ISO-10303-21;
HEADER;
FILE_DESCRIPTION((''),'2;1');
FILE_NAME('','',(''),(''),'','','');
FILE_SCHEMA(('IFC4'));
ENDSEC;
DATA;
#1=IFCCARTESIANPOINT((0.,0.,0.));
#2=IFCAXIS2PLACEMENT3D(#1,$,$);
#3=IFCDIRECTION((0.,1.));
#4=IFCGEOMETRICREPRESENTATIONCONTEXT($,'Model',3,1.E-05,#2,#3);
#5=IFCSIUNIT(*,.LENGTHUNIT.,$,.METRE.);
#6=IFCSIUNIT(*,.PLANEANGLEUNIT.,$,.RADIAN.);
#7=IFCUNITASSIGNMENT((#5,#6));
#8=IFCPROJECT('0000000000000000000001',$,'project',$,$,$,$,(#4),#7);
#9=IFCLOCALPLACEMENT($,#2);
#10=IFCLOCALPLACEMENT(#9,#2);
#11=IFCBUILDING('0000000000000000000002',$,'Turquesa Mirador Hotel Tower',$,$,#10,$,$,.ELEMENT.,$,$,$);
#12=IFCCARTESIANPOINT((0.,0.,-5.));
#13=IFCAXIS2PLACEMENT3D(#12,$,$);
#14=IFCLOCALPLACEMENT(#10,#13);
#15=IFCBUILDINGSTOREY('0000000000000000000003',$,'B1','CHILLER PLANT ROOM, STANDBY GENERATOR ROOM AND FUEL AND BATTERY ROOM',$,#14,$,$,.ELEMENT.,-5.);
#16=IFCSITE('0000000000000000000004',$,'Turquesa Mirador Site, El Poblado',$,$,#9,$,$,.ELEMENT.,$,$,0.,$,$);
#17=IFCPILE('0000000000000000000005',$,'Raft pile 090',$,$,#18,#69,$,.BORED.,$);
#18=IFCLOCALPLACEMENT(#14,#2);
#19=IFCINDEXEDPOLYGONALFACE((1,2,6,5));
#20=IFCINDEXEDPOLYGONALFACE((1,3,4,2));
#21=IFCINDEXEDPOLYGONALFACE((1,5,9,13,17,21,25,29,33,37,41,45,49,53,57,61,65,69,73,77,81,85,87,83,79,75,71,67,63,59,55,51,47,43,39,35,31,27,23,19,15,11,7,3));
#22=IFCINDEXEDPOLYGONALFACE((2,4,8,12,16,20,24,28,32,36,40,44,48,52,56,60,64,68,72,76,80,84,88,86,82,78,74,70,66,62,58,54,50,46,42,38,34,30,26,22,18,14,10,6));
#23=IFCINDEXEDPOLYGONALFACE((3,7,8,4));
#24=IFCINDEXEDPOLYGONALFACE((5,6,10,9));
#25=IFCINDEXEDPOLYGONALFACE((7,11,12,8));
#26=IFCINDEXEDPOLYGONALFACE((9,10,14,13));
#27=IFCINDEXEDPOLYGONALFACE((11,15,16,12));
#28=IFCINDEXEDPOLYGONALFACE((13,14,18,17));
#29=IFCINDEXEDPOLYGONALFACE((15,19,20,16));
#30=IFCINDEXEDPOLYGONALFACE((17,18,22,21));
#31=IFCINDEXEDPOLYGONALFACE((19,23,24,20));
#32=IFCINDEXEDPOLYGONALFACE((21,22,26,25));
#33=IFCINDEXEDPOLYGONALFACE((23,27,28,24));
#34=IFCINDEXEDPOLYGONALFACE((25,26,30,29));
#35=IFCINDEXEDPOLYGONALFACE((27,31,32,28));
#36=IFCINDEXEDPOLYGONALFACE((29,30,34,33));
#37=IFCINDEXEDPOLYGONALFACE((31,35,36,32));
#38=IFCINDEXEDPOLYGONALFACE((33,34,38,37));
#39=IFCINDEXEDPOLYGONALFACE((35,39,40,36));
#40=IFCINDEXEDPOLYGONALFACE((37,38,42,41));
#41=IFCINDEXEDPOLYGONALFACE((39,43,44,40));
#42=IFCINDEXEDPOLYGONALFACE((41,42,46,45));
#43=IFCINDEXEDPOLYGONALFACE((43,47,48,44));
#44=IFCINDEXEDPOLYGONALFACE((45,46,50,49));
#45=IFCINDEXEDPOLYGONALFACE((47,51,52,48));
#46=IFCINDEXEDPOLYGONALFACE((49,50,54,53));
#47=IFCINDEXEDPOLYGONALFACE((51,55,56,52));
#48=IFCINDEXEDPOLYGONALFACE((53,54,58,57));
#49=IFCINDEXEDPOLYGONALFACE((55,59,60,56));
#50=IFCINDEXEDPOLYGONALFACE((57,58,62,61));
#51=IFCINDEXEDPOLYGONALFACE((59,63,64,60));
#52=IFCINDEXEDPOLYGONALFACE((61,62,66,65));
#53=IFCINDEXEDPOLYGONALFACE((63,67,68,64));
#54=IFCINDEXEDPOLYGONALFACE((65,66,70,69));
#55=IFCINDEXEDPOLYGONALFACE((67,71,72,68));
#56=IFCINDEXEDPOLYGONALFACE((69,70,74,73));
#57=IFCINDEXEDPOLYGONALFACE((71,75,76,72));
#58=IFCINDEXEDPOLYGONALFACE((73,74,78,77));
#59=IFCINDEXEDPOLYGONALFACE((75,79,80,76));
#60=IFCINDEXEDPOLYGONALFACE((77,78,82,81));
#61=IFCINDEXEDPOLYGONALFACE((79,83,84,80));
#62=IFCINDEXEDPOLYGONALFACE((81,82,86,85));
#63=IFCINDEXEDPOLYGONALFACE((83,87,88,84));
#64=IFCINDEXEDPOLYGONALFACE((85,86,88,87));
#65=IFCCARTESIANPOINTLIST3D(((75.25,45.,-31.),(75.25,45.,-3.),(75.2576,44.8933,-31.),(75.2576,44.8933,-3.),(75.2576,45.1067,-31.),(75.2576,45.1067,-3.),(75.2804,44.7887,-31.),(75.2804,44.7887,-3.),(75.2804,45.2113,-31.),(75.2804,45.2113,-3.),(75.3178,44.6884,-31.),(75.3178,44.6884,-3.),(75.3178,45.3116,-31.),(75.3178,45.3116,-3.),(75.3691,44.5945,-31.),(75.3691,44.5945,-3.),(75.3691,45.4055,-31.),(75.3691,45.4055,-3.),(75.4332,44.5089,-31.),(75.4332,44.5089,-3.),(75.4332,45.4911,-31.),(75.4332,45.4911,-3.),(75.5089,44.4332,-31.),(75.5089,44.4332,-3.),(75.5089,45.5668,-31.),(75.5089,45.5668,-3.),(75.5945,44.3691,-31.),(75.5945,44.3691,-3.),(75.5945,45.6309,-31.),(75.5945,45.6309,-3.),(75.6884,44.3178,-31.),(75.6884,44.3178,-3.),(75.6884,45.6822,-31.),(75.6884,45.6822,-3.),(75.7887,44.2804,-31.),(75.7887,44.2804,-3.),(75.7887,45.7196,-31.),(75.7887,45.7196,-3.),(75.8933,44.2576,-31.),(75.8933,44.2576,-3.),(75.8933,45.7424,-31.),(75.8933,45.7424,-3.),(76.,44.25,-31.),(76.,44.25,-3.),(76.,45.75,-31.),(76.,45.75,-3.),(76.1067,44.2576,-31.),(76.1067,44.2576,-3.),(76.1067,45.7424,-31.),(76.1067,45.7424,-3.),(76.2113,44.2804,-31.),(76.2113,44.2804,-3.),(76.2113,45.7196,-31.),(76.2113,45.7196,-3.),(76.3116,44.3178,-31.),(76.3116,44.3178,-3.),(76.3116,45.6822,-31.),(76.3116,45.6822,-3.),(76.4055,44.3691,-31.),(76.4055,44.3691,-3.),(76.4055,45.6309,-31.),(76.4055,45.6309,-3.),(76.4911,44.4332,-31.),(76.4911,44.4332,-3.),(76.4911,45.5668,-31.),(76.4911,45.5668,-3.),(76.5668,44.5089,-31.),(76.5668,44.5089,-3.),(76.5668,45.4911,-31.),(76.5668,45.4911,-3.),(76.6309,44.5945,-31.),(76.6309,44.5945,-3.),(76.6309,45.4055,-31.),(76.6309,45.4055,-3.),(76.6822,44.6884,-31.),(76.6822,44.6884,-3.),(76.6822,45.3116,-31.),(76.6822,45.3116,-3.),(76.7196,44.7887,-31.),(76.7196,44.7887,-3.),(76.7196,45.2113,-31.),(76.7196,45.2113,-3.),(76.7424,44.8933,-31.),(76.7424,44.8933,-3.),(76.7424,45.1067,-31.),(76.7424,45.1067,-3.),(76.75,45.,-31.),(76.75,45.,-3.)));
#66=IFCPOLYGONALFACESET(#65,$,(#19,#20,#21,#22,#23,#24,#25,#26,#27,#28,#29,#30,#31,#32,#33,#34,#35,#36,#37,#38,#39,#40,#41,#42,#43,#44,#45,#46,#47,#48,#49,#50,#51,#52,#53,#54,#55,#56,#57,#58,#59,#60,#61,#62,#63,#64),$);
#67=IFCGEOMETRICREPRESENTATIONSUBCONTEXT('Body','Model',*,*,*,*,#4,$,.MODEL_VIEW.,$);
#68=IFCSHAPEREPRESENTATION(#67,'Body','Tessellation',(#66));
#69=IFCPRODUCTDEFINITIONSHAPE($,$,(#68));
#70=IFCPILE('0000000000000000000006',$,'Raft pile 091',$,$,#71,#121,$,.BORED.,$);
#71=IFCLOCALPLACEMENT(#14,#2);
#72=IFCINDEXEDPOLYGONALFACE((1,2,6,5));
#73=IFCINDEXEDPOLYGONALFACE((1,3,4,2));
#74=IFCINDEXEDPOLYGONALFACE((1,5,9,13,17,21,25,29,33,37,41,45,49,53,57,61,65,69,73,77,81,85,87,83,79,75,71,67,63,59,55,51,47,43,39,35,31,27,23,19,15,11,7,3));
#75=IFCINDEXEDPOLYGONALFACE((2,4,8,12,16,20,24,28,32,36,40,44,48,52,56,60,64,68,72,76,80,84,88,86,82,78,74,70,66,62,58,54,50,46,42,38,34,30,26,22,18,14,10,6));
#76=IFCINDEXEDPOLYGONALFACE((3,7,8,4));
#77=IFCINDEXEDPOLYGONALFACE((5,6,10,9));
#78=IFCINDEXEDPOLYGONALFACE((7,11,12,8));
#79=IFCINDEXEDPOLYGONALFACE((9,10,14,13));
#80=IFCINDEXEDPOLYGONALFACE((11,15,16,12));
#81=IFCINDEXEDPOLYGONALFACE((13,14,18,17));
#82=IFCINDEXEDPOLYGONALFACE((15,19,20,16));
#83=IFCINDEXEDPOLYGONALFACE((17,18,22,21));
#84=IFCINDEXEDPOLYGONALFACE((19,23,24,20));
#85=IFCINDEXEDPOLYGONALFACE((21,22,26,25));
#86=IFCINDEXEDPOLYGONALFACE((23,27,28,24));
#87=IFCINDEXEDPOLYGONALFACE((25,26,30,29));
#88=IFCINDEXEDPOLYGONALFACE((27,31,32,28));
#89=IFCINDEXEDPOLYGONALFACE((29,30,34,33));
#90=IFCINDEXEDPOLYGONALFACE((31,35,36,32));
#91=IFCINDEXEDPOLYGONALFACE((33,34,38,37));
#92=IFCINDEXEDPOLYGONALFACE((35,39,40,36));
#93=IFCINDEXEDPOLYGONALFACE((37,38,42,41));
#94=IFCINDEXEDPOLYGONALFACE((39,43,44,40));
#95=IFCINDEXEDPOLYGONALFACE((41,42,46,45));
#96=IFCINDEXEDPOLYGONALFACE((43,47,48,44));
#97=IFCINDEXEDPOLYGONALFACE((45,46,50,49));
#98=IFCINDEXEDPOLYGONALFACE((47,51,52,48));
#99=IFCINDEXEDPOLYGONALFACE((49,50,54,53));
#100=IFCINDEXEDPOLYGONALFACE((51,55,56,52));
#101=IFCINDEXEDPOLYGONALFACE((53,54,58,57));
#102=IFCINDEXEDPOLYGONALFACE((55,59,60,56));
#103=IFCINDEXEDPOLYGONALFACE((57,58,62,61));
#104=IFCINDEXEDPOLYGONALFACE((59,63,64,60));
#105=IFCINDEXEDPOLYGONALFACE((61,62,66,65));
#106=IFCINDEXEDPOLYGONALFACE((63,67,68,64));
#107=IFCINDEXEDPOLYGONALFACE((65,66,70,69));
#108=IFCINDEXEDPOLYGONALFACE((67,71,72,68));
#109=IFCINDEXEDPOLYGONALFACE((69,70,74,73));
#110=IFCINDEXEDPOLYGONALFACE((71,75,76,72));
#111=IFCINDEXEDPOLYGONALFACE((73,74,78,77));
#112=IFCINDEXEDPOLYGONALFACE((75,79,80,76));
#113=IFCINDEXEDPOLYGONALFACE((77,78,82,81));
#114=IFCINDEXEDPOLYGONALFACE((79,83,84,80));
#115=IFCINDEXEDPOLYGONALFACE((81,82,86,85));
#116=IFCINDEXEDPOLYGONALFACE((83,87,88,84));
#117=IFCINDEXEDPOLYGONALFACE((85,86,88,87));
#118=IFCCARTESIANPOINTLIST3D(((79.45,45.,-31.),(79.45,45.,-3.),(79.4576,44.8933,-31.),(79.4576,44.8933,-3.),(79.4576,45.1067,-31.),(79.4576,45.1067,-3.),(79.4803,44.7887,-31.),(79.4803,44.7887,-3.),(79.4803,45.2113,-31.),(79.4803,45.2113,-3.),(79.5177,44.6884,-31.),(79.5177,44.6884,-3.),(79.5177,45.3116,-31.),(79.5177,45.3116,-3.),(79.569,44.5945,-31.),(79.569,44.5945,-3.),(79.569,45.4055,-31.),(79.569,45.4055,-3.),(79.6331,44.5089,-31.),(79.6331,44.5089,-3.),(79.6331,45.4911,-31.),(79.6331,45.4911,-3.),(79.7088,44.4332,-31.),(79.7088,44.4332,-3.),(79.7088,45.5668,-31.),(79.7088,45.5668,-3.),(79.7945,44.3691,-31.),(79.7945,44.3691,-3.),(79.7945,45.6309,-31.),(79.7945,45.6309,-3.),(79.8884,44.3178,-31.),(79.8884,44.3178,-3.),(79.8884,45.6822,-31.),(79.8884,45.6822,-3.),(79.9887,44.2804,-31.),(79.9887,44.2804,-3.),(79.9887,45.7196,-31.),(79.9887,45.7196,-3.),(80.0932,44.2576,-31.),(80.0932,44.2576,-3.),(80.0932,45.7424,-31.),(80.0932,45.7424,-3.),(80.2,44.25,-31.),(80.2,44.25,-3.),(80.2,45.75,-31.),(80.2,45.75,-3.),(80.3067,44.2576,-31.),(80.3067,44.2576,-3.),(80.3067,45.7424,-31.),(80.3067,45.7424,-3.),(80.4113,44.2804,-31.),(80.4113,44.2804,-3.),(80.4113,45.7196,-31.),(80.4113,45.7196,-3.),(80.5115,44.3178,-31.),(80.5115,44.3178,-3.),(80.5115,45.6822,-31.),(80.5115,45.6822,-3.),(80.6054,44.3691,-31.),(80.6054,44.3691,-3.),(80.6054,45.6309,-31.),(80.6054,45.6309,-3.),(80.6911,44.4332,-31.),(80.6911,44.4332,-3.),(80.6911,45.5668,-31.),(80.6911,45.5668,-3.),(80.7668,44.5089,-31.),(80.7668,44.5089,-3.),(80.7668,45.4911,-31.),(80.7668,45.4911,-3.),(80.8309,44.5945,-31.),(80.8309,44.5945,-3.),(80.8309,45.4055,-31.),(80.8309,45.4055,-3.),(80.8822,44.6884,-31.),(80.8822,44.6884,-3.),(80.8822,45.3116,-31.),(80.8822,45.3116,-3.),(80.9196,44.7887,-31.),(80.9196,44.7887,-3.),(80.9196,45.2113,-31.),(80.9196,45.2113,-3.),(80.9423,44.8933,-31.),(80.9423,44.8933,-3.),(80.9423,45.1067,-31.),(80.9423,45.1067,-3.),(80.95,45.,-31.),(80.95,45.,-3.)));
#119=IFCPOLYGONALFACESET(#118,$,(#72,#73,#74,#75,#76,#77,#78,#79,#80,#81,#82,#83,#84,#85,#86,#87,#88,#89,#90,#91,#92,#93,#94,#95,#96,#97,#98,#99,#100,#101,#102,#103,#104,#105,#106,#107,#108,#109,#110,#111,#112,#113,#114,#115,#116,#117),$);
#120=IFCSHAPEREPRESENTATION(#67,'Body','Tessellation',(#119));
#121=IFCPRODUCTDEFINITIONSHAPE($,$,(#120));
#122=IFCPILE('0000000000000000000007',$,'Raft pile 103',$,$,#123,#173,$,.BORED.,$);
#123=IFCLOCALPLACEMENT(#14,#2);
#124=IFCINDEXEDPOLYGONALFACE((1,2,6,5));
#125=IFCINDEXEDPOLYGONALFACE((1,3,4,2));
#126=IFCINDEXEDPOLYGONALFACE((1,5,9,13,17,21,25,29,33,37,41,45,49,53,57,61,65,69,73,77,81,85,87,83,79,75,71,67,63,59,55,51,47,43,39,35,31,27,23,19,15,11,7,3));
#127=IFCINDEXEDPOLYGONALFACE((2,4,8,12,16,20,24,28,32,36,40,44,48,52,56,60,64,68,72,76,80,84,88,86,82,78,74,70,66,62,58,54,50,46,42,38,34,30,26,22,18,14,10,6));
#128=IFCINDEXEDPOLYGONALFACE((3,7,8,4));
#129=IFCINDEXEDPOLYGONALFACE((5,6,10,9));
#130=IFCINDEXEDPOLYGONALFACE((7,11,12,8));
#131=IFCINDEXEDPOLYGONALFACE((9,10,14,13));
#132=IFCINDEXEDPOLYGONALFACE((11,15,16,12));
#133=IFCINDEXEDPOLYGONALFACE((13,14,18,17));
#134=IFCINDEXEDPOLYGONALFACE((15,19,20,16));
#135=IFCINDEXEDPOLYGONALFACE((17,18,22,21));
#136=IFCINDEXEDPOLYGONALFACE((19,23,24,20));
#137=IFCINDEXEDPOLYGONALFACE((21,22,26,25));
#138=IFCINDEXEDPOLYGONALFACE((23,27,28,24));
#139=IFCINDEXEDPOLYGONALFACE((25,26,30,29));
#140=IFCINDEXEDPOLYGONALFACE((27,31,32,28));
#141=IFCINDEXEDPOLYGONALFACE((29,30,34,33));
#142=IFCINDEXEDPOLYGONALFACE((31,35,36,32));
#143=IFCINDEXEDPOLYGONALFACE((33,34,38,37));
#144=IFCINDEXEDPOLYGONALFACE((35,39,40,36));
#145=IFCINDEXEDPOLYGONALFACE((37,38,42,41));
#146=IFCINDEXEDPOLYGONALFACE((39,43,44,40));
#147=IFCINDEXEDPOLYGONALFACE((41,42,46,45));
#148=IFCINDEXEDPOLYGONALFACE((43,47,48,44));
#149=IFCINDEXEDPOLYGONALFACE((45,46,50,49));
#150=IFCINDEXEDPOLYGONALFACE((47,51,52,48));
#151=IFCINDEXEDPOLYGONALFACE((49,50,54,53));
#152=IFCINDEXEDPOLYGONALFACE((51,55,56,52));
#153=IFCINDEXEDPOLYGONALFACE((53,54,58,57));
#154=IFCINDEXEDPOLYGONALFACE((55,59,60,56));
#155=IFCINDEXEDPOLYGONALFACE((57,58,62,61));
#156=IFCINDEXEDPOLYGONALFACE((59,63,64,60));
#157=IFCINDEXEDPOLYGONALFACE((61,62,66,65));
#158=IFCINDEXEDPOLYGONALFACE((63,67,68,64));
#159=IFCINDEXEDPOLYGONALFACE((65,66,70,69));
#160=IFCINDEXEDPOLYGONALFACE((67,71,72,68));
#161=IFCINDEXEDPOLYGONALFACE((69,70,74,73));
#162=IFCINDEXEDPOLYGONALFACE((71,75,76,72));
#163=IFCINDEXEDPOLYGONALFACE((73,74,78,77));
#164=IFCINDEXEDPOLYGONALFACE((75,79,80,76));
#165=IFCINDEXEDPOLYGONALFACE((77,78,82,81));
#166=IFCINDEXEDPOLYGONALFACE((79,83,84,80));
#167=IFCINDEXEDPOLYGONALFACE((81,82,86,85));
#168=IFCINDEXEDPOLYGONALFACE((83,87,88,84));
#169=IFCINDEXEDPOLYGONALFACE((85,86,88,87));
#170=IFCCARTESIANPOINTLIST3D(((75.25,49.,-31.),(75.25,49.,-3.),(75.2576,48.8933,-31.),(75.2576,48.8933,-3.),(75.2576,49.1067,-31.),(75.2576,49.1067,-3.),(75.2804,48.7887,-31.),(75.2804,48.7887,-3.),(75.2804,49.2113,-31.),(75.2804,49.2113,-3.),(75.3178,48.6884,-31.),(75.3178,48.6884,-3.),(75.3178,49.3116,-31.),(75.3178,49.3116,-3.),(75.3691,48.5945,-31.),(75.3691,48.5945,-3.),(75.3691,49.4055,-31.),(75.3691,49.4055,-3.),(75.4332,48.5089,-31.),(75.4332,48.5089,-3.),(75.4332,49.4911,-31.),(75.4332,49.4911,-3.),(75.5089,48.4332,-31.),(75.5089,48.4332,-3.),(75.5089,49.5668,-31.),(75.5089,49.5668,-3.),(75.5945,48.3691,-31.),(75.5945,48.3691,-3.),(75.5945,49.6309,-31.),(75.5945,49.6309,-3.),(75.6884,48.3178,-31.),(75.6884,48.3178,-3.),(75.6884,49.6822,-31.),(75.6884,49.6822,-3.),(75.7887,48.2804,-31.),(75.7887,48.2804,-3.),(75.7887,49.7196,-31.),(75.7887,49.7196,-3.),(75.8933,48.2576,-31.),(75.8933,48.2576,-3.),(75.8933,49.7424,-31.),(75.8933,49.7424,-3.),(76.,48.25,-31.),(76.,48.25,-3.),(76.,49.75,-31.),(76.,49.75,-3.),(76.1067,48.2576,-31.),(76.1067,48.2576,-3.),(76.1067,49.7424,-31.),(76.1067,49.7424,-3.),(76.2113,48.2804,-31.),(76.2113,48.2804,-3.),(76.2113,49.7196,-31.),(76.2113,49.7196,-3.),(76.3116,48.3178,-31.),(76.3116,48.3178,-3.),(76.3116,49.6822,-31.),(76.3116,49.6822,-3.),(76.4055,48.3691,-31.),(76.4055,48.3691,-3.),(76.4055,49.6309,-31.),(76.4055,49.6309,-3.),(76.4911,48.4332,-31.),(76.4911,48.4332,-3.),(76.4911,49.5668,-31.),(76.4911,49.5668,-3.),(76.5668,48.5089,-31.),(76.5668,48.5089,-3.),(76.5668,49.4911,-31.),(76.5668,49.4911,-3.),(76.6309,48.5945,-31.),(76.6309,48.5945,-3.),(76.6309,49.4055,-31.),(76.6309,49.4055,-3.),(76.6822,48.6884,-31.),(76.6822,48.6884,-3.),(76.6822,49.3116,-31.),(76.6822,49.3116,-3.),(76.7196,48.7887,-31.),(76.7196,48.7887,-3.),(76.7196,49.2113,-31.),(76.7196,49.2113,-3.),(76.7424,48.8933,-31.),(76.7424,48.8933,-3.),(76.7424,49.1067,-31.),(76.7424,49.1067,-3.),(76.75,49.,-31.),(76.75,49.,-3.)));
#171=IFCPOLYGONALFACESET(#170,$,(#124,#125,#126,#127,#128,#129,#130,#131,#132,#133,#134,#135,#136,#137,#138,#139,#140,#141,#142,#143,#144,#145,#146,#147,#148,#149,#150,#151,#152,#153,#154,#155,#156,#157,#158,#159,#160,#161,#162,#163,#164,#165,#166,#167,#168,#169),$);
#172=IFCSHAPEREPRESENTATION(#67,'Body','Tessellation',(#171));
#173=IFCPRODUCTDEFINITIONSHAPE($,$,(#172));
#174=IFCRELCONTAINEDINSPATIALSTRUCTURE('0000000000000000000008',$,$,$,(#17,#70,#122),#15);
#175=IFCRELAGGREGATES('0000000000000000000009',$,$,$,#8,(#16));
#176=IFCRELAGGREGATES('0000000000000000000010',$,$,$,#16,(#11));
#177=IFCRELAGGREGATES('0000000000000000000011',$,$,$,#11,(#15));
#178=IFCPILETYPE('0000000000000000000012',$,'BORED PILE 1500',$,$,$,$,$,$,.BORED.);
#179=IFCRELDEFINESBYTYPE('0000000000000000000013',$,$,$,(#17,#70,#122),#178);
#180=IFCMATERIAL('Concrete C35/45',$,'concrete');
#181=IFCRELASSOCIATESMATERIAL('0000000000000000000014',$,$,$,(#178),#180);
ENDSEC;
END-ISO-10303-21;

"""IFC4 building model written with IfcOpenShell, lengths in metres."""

from ifc_helpers import new_model, si_unit, direction, frame, origin, origin_2d, place, context, subcontext, project, spatial, circle, extrude, material, type_object, element, save


model = new_model("IFC4")

# Units and contexts
model_context = context("Model", 3, precision=1e-05, world=origin(), true_north=direction((0.0, 1.0)))
body_context = subcontext(model_context, "Body", "Model", "MODEL_VIEW")
ifc_project = project(units=[si_unit("LENGTHUNIT", "METRE"), si_unit("PLANEANGLEUNIT", "RADIAN")], contexts=[model_context])

# Site, building, storey
site_placement = place(None, origin())
site = spatial("IfcSite", under=ifc_project, at=site_placement, Name="Turquesa Mirador Site, El Poblado", CompositionType="ELEMENT", RefElevation=0.0)
building_placement = place(site_placement, origin())
building = spatial("IfcBuilding", under=site, at=building_placement, Name="Turquesa Mirador Hotel Tower", CompositionType="ELEMENT")
storey_placement = place(building_placement, frame((0.0, 0.0, -5.0)))
storey = spatial("IfcBuildingStorey", under=building, at=storey_placement, Name="B1", Description="CHILLER PLANT ROOM, STANDBY GENERATOR ROOM AND FUEL AND BATTERY ROOM", CompositionType="ELEMENT", Elevation=-5.0)

# Piles
ifc_material_1 = material(Name="Concrete C35/45", Category="concrete")
pile_type_1 = type_object("IfcPileType", Name="BORED PILE 1500", PredefinedType="BORED", material=ifc_material_1)
for number, where, z_axis, x_axis, name in (
    (1, (76.0, 45.0, -3.0), (0.0, 0.0, -1.0), (1.0, 0.0, 0.0), "Raft pile 090"),
    (2, (80.2, 45.0, -3.0), (0.0, 0.0, -1.0), (1.0, 0.0, 0.0), "Raft pile 091"),
    (3, (76.0, 49.0, -3.0), (0.0, 0.0, -1.0), (1.0, 0.0, 0.0), "Raft pile 103"),
):
    element("IfcPile", number, at=place(storey_placement, frame(where, z_axis=z_axis, x_axis=x_axis)), inside=storey, type_object=pile_type_1, Name=name, PredefinedType="BORED", context=body_context, shape_type="SweptSolid", body=[
        extrude(circle(Radius=0.75, at=origin_2d()), origin(), (0.0, 0.0, 1.0), 28.0),
    ])

save(model, "model.ifc")
